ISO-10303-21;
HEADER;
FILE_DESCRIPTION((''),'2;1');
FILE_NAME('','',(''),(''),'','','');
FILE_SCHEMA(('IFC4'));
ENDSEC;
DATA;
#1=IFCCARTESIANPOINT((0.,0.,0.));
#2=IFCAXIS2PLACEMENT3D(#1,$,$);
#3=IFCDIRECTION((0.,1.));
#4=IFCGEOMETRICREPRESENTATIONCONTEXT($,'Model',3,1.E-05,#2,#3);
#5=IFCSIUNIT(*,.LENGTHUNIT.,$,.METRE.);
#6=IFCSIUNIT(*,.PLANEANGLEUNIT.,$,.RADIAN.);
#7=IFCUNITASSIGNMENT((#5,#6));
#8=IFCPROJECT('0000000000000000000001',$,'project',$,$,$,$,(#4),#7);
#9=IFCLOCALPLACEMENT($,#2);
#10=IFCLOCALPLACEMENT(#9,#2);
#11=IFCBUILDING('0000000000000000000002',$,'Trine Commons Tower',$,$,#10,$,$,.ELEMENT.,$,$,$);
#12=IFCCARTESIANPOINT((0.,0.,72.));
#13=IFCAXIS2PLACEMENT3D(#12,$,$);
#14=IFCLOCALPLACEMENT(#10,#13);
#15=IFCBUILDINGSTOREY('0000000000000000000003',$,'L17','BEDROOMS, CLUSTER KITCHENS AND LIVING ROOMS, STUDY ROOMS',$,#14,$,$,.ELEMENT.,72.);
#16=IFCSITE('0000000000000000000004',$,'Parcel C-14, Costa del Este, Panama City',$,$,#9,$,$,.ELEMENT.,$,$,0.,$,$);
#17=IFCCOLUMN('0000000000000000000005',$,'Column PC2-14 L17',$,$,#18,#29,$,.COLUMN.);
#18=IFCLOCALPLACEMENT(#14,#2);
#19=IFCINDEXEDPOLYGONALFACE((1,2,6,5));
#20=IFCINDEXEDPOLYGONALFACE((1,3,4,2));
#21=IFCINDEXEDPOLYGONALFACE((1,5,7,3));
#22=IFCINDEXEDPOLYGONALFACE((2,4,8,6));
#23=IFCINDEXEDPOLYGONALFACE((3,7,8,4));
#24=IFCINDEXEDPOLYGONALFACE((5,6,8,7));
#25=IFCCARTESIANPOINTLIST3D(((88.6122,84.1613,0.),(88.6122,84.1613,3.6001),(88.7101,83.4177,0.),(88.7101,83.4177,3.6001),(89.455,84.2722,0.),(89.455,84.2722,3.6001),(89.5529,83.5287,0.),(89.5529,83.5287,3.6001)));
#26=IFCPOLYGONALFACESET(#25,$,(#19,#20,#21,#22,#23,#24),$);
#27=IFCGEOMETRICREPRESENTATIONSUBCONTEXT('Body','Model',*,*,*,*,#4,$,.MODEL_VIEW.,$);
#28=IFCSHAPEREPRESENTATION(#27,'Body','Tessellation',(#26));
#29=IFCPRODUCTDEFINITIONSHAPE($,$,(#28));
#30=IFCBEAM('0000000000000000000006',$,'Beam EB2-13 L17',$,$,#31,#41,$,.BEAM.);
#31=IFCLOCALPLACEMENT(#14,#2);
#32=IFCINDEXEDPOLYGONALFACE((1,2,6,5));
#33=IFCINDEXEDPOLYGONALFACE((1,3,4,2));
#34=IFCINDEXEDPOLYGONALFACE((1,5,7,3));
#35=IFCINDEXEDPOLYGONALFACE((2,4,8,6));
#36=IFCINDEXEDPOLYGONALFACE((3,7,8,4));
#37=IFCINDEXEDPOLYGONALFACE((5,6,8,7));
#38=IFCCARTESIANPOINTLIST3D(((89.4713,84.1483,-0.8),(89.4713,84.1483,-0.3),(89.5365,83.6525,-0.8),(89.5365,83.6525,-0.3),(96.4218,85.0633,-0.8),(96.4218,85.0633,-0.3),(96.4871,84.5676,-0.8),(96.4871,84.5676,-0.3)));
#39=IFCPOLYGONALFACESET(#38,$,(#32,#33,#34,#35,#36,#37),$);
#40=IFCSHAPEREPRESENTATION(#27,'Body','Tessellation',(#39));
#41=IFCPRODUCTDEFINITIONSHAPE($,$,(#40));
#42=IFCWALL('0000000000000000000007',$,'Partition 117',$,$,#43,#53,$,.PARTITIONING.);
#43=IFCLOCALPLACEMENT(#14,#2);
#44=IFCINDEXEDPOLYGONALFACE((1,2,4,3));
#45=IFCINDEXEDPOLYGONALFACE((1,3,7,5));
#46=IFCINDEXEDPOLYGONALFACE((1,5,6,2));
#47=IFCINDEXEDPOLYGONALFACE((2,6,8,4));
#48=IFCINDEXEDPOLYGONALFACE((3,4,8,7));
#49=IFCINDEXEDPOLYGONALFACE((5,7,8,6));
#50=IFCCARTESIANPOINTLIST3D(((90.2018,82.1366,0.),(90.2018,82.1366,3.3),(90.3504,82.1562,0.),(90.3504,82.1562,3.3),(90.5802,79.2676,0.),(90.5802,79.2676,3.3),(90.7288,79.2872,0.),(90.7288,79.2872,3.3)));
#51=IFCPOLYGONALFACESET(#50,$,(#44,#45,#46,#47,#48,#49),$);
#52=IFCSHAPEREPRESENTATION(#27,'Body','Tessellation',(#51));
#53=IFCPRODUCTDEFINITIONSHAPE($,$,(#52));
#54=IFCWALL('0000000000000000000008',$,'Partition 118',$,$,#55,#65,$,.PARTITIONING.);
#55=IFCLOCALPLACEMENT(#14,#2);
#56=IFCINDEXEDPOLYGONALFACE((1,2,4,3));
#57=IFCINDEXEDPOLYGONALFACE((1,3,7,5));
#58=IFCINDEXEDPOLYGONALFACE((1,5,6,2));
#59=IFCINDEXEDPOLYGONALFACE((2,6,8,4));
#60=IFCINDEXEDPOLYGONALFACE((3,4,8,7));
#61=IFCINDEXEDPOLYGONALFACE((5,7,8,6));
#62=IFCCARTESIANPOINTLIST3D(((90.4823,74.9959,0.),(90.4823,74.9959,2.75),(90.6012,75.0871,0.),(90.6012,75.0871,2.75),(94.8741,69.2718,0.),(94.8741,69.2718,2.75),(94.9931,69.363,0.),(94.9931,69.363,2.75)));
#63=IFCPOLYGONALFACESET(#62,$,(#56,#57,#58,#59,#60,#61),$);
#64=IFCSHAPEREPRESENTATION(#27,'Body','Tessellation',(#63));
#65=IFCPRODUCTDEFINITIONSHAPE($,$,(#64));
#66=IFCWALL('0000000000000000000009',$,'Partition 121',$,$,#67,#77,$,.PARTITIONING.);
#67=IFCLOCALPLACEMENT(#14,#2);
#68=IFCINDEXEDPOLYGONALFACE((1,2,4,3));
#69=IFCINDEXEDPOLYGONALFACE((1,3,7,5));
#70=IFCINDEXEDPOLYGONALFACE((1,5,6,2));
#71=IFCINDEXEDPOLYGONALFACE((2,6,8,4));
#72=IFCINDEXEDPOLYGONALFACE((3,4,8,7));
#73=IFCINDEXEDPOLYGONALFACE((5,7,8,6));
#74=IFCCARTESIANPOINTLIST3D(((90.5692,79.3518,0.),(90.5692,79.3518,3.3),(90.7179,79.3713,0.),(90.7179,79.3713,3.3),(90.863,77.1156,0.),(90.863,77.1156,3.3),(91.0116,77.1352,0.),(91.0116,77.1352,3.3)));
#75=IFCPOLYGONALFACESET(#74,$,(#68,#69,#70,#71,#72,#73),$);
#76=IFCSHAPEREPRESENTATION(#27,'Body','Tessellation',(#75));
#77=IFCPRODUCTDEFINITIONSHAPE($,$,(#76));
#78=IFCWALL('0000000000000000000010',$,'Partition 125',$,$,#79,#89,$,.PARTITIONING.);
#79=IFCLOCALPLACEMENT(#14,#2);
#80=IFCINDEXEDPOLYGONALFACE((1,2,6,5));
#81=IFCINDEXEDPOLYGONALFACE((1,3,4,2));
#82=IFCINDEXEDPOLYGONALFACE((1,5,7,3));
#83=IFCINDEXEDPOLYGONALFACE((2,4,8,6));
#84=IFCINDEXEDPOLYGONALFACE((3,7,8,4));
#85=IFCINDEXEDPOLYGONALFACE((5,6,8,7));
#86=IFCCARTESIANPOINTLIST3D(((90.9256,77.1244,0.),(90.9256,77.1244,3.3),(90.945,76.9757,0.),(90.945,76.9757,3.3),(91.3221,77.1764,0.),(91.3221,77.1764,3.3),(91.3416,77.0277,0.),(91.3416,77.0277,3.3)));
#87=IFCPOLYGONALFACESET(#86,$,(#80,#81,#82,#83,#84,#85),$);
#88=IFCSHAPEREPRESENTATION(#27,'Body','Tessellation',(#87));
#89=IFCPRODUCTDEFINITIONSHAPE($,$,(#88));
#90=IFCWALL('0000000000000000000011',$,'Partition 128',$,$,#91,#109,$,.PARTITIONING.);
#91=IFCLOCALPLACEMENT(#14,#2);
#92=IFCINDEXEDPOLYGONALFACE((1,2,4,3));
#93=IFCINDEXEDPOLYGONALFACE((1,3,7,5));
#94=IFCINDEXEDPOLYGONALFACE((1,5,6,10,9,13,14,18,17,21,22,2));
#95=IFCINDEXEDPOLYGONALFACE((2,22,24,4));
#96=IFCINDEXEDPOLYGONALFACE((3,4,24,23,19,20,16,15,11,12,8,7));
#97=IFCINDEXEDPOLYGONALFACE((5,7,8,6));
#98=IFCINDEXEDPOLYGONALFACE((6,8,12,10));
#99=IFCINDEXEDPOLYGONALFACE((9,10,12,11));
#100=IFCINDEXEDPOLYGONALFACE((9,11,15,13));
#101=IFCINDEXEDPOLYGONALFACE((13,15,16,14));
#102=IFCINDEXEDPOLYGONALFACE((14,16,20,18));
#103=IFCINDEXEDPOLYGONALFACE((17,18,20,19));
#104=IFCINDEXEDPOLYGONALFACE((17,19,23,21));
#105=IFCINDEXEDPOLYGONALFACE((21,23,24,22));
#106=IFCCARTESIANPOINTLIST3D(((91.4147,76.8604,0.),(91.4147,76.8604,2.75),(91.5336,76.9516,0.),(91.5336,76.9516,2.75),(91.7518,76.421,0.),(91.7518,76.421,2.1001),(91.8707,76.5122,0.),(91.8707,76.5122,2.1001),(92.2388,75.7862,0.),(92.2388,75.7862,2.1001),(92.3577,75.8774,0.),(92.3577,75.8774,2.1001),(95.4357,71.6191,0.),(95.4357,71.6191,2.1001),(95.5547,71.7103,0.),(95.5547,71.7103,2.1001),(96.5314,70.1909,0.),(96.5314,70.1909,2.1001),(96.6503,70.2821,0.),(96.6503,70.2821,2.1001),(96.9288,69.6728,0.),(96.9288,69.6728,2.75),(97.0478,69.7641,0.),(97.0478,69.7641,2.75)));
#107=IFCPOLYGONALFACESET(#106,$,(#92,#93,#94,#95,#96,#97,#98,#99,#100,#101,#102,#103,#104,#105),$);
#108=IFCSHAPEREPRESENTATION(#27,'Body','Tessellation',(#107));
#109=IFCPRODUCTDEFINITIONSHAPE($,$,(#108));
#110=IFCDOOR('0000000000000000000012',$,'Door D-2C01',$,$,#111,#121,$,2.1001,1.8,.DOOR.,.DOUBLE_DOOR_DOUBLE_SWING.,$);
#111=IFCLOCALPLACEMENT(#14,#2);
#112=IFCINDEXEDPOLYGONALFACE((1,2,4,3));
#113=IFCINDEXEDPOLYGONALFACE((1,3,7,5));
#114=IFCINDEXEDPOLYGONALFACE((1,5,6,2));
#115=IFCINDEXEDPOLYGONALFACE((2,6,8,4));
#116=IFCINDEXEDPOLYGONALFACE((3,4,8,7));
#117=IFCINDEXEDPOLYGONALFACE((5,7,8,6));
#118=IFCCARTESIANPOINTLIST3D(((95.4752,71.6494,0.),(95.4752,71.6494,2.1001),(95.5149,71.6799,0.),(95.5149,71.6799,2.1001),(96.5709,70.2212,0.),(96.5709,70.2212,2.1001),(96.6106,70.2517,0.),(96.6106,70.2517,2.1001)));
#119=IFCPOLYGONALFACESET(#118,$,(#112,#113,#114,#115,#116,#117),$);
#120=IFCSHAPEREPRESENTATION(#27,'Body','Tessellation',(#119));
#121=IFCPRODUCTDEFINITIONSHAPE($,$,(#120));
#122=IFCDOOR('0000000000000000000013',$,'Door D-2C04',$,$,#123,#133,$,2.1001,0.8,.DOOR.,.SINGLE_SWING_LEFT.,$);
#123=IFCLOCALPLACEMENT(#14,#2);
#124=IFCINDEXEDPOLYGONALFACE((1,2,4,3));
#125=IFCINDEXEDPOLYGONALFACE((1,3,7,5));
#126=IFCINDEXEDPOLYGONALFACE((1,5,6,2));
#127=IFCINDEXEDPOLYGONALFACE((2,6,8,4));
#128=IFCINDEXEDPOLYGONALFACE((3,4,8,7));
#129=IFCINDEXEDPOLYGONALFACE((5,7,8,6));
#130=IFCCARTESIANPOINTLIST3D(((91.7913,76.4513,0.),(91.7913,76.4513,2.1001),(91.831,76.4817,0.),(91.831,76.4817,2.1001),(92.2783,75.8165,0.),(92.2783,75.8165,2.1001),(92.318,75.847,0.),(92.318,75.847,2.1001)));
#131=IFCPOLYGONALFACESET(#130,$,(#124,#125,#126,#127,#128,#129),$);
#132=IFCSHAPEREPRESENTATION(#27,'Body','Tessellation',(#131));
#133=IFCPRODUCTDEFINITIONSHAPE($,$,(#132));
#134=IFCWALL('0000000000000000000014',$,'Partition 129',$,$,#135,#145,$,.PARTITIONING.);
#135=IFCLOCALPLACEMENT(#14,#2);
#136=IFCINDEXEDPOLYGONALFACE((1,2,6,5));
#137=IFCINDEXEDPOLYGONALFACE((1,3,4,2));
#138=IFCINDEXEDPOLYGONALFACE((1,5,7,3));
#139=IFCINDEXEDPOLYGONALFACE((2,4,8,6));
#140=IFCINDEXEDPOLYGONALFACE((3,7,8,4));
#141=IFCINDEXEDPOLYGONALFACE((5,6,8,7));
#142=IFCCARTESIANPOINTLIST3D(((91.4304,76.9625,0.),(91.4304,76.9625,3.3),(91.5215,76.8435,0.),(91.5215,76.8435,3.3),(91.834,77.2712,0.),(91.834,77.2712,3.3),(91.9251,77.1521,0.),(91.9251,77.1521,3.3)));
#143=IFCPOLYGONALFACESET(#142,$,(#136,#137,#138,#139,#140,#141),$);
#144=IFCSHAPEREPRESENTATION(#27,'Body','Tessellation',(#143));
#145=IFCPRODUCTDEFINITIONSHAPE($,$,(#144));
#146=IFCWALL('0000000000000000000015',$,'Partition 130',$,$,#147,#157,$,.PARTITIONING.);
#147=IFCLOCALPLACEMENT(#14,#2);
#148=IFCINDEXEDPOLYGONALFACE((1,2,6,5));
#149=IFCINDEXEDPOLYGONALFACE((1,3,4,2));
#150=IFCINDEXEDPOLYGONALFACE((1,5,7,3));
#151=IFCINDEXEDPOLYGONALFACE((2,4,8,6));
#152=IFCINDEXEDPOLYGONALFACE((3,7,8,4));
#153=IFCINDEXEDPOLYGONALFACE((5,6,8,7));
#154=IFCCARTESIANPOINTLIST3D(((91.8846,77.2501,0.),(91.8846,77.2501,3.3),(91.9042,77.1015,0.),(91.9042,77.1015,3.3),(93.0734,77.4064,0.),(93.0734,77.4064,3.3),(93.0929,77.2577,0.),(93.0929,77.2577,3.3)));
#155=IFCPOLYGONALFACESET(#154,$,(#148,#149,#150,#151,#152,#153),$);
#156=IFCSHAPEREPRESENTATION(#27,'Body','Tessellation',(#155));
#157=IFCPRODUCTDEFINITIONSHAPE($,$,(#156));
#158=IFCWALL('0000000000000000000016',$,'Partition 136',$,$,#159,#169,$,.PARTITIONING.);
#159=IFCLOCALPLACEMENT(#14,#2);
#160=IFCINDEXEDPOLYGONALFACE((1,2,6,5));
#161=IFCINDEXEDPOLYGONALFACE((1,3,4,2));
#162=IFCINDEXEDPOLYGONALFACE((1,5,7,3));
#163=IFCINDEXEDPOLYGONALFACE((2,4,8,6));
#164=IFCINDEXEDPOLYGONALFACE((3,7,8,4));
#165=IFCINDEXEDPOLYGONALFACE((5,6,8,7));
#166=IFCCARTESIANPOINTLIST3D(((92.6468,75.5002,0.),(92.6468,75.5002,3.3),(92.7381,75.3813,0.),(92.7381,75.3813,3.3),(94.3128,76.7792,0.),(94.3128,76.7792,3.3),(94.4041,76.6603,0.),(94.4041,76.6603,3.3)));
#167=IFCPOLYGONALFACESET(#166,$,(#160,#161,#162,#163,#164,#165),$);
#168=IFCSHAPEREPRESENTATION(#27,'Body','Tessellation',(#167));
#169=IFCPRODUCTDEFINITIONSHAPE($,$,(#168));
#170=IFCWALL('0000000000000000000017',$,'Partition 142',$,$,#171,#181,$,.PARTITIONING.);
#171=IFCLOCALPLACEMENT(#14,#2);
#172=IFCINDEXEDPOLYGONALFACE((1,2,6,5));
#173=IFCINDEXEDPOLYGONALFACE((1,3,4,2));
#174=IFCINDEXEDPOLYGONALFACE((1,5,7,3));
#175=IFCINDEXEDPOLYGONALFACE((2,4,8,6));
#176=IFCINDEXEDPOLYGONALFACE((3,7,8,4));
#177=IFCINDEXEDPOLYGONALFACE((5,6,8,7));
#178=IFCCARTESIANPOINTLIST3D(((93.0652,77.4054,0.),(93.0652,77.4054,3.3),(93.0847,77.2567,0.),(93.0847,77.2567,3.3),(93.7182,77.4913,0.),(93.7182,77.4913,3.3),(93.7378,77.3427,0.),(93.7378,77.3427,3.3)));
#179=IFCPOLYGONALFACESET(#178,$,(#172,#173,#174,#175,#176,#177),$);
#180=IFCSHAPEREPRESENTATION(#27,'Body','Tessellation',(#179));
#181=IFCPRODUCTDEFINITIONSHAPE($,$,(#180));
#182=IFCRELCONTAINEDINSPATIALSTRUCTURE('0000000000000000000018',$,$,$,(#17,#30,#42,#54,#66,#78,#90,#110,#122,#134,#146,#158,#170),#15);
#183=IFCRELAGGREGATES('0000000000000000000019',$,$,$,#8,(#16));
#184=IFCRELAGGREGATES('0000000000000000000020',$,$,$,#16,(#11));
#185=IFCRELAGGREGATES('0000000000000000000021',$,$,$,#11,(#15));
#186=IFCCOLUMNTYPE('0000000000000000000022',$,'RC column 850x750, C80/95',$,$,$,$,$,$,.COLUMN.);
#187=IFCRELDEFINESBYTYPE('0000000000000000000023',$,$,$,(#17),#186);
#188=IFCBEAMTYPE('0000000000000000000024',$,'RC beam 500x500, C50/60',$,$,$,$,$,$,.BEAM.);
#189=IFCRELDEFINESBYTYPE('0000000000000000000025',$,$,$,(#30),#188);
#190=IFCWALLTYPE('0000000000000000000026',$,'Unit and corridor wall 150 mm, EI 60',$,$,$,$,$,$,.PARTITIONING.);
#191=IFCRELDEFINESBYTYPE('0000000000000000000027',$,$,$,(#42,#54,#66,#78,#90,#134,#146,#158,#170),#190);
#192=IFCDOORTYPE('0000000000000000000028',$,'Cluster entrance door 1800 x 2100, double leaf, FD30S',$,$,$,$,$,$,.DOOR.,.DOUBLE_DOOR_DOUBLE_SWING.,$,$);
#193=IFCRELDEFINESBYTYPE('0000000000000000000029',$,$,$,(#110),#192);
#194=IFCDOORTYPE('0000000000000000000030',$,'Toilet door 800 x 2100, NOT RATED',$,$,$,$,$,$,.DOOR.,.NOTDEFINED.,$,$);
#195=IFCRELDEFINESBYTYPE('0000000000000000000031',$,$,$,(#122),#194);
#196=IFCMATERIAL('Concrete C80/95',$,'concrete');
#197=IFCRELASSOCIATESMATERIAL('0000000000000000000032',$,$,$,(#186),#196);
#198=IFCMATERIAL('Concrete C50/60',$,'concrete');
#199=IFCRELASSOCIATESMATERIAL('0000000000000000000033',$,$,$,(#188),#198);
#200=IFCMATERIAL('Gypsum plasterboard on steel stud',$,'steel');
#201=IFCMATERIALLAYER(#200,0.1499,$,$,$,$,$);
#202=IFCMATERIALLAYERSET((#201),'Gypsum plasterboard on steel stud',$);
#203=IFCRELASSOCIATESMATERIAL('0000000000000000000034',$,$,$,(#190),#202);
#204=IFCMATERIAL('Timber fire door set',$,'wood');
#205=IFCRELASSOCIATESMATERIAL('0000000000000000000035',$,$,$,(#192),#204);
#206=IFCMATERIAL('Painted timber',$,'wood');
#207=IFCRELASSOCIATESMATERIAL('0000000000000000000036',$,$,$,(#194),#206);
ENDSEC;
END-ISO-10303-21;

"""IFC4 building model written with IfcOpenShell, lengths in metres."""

from ifc_helpers import new_model, si_unit, direction, frame, frame_2d, origin, origin_2d, place, context, subcontext, project, spatial, rectangle, extrude, material, layer, layer_set, material_profile, profile_set, type_object, element, fill, save


model = new_model("IFC4")

# Units and contexts
model_context = context("Model", 3, precision=1e-05, world=origin(), true_north=direction((0.0, 1.0)))
body_context = subcontext(model_context, "Body", "Model", "MODEL_VIEW")
ifc_project = project(units=[si_unit("LENGTHUNIT", "METRE"), si_unit("PLANEANGLEUNIT", "RADIAN")], contexts=[model_context])

# Site, building, storey
site_placement = place(None, origin())
site = spatial("IfcSite", under=ifc_project, at=site_placement, Name="Parcel C-14, Costa del Este, Panama City", CompositionType="ELEMENT", RefElevation=0.0)
building_placement = place(site_placement, origin())
building = spatial("IfcBuilding", under=site, at=building_placement, Name="Trine Commons Tower", CompositionType="ELEMENT")
storey_placement = place(building_placement, frame((0.0, 0.0, 72.0)))
storey = spatial("IfcBuildingStorey", under=building, at=storey_placement, Name="L17", Description="BEDROOMS, CLUSTER KITCHENS AND LIVING ROOMS, STUDY ROOMS", CompositionType="ELEMENT", Elevation=72.0)

# Column
ifc_material_1 = material(Name="Concrete C80/95", Category="concrete")
ifc_material_profile_1 = material_profile(ifc_material_1, rectangle(XDim=0.8501, YDim=0.75, at=origin_2d()), Name="RC 850x750")
ifc_profile_set_1 = profile_set([ifc_material_profile_1], Name="Concrete C80/95")
column_type = type_object("IfcColumnType", Name="RC column 850x750, C80/95", PredefinedType="COLUMN", material=ifc_profile_set_1)
column_placement = place(storey_placement, frame((89.0825, 83.845, 0.0), z_axis=(0.0, 0.0, 1.0), x_axis=(0.991445, 0.130526, 0.0)))
element("IfcColumn", 1, at=column_placement, inside=storey, type_object=column_type, Name="Column PC2-14 L17", PredefinedType="COLUMN", context=body_context, shape_type="SweptSolid", body=[
    extrude(rectangle(XDim=0.8501, YDim=0.75, at=origin_2d()), origin(), (0.0, 0.0, 1.0), 3.6001),
])

# Beam
ifc_material_2 = material(Name="Concrete C50/60", Category="concrete")
ifc_material_profile_2 = material_profile(ifc_material_2, rectangle(XDim=0.5, YDim=0.5, at=origin_2d()), Name="RC 500x500")
ifc_profile_set_2 = profile_set([ifc_material_profile_2], Name="Concrete C50/60")
beam_type = type_object("IfcBeamType", Name="RC beam 500x500, C50/60", PredefinedType="BEAM", material=ifc_profile_set_2)
beam_placement = place(storey_placement, frame((89.5039, 83.9004, -0.55), z_axis=(0.991445, 0.130526, 0.0), x_axis=(-0.130526, 0.991445, 0.0)))
element("IfcBeam", 2, at=beam_placement, inside=storey, type_object=beam_type, Name="Beam EB2-13 L17", PredefinedType="BEAM", context=body_context, shape_type="SweptSolid", body=[
    extrude(rectangle(XDim=0.5, YDim=0.5, at=origin_2d()), origin(), (0.0, 0.0, 1.0), 7.0105),
])

# Walls
ifc_material_3 = material(Name="Gypsum plasterboard on steel stud", Category="steel")
ifc_layer_1 = layer(ifc_material_3, 0.1499)
ifc_layer_set_1 = layer_set([ifc_layer_1], Name="Gypsum plasterboard on steel stud")
wall_type_1 = type_object("IfcWallType", Name="Unit and corridor wall 150 mm, EI 60", PredefinedType="PARTITIONING", material=ifc_layer_set_1)
wall_1_placement = place(storey_placement, frame((90.2761, 82.1462, 0.0), z_axis=(0.0, 0.0, 1.0), x_axis=(0.130771, -0.991413, 0.0)))
element("IfcWall", 3, at=wall_1_placement, inside=storey, type_object=wall_type_1, Name="Partition 117", PredefinedType="PARTITIONING", context=body_context, shape_type="SweptSolid", body=[
    extrude(rectangle(XDim=2.8938, YDim=0.1499, at=frame_2d((1.4468, 0.0))), origin(), (0.0, 0.0, 1.0), 3.3),
])
wall_2_placement = place(storey_placement, frame((90.5417, 75.0415, 0.0), z_axis=(0.0, 0.0, 1.0), x_axis=(0.608724, -0.793382, 0.0)))
element("IfcWall", 4, at=wall_2_placement, inside=storey, type_object=wall_type_1, Name="Partition 118", PredefinedType="PARTITIONING", context=body_context, shape_type="SweptSolid", body=[
    extrude(rectangle(XDim=7.2148, YDim=0.1499, at=frame_2d((3.6074, 0.0))), origin(), (0.0, 0.0, 1.0), 2.75),
])
wall_3_placement = place(storey_placement, frame((90.6436, 79.3616, 0.0), z_axis=(0.0, 0.0, 1.0), x_axis=(0.130228, -0.991484, 0.0)))
element("IfcWall", 5, at=wall_3_placement, inside=storey, type_object=wall_type_1, Name="Partition 121", PredefinedType="PARTITIONING", context=body_context, shape_type="SweptSolid", body=[
    extrude(rectangle(XDim=2.2554, YDim=0.1499, at=frame_2d((1.1277, 0.0))), origin(), (0.0, 0.0, 1.0), 3.3),
])
wall_4_placement = place(storey_placement, frame((90.9353, 77.05, 0.0), z_axis=(0.0, 0.0, 1.0), x_axis=(0.991508, 0.130044, 0.0)))
element("IfcWall", 6, at=wall_4_placement, inside=storey, type_object=wall_type_1, Name="Partition 125", PredefinedType="PARTITIONING", context=body_context, shape_type="SweptSolid", body=[
    extrude(rectangle(XDim=0.3999, YDim=0.1499, at=frame_2d((0.2, 0.0))), origin(), (0.0, 0.0, 1.0), 3.3),
])

# Wall, openings, doors
wall_5_placement = place(storey_placement, frame((91.4741, 76.906, 0.0), z_axis=(0.0, 0.0, 1.0), x_axis=(0.608692, -0.793407, 0.0)))
wall_5 = element("IfcWall", 7, at=wall_5_placement, inside=storey, type_object=wall_type_1, Name="Partition 128", PredefinedType="PARTITIONING", context=body_context, shape_type="SweptSolid", body=[
    extrude(rectangle(XDim=9.0591, YDim=0.1499, at=frame_2d((4.5295, 0.0))), origin(), (0.0, 0.0, 1.0), 2.75),
])
opening_1_placement = place(wall_5_placement, frame((6.6062, 0.0, 0.0)))
opening_1 = element("IfcOpeningElement", 8, at=opening_1_placement, cuts=wall_5, PredefinedType="OPENING", context=body_context, shape_type="SweptSolid", body=[
    extrude(rectangle(XDim=1.8, YDim=2.1001, at=frame_2d((0.8999, 1.05))), frame((0.0, 0.085, 0.0), z_axis=(0.0, -1.0, 0.0), x_axis=(1.0, 0.0, 0.0)), (0.0, 0.0, 1.0), 0.1699),
])
opening_2_placement = place(wall_5_placement, frame((0.554, 0.0, 0.0)))
opening_2 = element("IfcOpeningElement", 9, at=opening_2_placement, cuts=wall_5, PredefinedType="OPENING", context=body_context, shape_type="SweptSolid", body=[
    extrude(rectangle(XDim=0.8, YDim=2.1001, at=frame_2d((0.3999, 1.05))), frame((0.0, 0.085, 0.0), z_axis=(0.0, -1.0, 0.0), x_axis=(1.0, 0.0, 0.0)), (0.0, 0.0, 1.0), 0.1699),
])
ifc_material_4 = material(Name="Timber fire door set", Category="wood")
door_type_1 = type_object("IfcDoorType", Name="Cluster entrance door 1800 x 2100, double leaf, FD30S", OperationType="DOUBLE_DOOR_DOUBLE_SWING", PredefinedType="DOOR", material=ifc_material_4)
door_1_placement = place(opening_1_placement, origin())
door_1 = element("IfcDoor", 10, at=door_1_placement, inside=storey, type_object=door_type_1, Name="Door D-2C01", OperationType="DOUBLE_DOOR_DOUBLE_SWING", OverallHeight=2.1001, OverallWidth=1.8, PredefinedType="DOOR", context=body_context, shape_type="SweptSolid", body=[
    extrude(rectangle(XDim=1.8, YDim=2.1001, at=frame_2d((0.8999, 1.05))), frame((0.0, 0.0249, 0.0), z_axis=(0.0, -1.0, 0.0), x_axis=(1.0, 0.0, 0.0)), (0.0, 0.0, 1.0), 0.05),
])
fill(opening_1, door_1)
ifc_material_5 = material(Name="Painted timber", Category="wood")
door_type_2 = type_object("IfcDoorType", Name="Toilet door 800 x 2100, NOT RATED", OperationType="NOTDEFINED", PredefinedType="DOOR", material=ifc_material_5)
door_2_placement = place(opening_2_placement, origin())
door_2 = element("IfcDoor", 11, at=door_2_placement, inside=storey, type_object=door_type_2, Name="Door D-2C04", OperationType="SINGLE_SWING_LEFT", OverallHeight=2.1001, OverallWidth=0.8, PredefinedType="DOOR", context=body_context, shape_type="SweptSolid", body=[
    extrude(rectangle(XDim=0.8, YDim=2.1001, at=frame_2d((0.3999, 1.05))), frame((0.0, 0.0249, 0.0), z_axis=(0.0, -1.0, 0.0), x_axis=(1.0, 0.0, 0.0)), (0.0, 0.0, 1.0), 0.05),
])
fill(opening_2, door_2)

# Walls
wall_6_placement = place(storey_placement, frame((91.4761, 76.9031, 0.0), z_axis=(0.0, 0.0, 1.0), x_axis=(0.794371, 0.607432, 0.0)))
element("IfcWall", 12, at=wall_6_placement, inside=storey, type_object=wall_type_1, Name="Partition 129", PredefinedType="PARTITIONING", context=body_context, shape_type="SweptSolid", body=[
    extrude(rectangle(XDim=0.5081, YDim=0.1499, at=frame_2d((0.2539, 0.0))), origin(), (0.0, 0.0, 1.0), 3.3),
])
wall_7_placement = place(storey_placement, frame((91.8943, 77.1758, 0.0), z_axis=(0.0, 0.0, 1.0), x_axis=(0.991472, 0.130323, 0.0)))
element("IfcWall", 13, at=wall_7_placement, inside=storey, type_object=wall_type_1, Name="Partition 130", PredefinedType="PARTITIONING", context=body_context, shape_type="SweptSolid", body=[
    extrude(rectangle(XDim=1.199, YDim=0.1499, at=frame_2d((0.5996, 0.0))), origin(), (0.0, 0.0, 1.0), 3.3),
])
wall_8_placement = place(storey_placement, frame((92.6924, 75.4407, 0.0), z_axis=(0.0, 0.0, 1.0), x_axis=(0.793198, 0.608963, 0.0)))
element("IfcWall", 14, at=wall_8_placement, inside=storey, type_object=wall_type_1, Name="Partition 136", PredefinedType="PARTITIONING", context=body_context, shape_type="SweptSolid", body=[
    extrude(rectangle(XDim=2.1003, YDim=0.1499, at=frame_2d((1.0503, 0.0))), origin(), (0.0, 0.0, 1.0), 3.3),
])
wall_9_placement = place(storey_placement, frame((93.075, 77.3311, 0.0), z_axis=(0.0, 0.0, 1.0), x_axis=(0.991453, 0.130464, 0.0)))
element("IfcWall", 15, at=wall_9_placement, inside=storey, type_object=wall_type_1, Name="Partition 142", PredefinedType="PARTITIONING", context=body_context, shape_type="SweptSolid", body=[
    extrude(rectangle(XDim=0.6587, YDim=0.1499, at=frame_2d((0.3293, 0.0))), origin(), (0.0, 0.0, 1.0), 3.3),
])

save(model, "model.ifc")
